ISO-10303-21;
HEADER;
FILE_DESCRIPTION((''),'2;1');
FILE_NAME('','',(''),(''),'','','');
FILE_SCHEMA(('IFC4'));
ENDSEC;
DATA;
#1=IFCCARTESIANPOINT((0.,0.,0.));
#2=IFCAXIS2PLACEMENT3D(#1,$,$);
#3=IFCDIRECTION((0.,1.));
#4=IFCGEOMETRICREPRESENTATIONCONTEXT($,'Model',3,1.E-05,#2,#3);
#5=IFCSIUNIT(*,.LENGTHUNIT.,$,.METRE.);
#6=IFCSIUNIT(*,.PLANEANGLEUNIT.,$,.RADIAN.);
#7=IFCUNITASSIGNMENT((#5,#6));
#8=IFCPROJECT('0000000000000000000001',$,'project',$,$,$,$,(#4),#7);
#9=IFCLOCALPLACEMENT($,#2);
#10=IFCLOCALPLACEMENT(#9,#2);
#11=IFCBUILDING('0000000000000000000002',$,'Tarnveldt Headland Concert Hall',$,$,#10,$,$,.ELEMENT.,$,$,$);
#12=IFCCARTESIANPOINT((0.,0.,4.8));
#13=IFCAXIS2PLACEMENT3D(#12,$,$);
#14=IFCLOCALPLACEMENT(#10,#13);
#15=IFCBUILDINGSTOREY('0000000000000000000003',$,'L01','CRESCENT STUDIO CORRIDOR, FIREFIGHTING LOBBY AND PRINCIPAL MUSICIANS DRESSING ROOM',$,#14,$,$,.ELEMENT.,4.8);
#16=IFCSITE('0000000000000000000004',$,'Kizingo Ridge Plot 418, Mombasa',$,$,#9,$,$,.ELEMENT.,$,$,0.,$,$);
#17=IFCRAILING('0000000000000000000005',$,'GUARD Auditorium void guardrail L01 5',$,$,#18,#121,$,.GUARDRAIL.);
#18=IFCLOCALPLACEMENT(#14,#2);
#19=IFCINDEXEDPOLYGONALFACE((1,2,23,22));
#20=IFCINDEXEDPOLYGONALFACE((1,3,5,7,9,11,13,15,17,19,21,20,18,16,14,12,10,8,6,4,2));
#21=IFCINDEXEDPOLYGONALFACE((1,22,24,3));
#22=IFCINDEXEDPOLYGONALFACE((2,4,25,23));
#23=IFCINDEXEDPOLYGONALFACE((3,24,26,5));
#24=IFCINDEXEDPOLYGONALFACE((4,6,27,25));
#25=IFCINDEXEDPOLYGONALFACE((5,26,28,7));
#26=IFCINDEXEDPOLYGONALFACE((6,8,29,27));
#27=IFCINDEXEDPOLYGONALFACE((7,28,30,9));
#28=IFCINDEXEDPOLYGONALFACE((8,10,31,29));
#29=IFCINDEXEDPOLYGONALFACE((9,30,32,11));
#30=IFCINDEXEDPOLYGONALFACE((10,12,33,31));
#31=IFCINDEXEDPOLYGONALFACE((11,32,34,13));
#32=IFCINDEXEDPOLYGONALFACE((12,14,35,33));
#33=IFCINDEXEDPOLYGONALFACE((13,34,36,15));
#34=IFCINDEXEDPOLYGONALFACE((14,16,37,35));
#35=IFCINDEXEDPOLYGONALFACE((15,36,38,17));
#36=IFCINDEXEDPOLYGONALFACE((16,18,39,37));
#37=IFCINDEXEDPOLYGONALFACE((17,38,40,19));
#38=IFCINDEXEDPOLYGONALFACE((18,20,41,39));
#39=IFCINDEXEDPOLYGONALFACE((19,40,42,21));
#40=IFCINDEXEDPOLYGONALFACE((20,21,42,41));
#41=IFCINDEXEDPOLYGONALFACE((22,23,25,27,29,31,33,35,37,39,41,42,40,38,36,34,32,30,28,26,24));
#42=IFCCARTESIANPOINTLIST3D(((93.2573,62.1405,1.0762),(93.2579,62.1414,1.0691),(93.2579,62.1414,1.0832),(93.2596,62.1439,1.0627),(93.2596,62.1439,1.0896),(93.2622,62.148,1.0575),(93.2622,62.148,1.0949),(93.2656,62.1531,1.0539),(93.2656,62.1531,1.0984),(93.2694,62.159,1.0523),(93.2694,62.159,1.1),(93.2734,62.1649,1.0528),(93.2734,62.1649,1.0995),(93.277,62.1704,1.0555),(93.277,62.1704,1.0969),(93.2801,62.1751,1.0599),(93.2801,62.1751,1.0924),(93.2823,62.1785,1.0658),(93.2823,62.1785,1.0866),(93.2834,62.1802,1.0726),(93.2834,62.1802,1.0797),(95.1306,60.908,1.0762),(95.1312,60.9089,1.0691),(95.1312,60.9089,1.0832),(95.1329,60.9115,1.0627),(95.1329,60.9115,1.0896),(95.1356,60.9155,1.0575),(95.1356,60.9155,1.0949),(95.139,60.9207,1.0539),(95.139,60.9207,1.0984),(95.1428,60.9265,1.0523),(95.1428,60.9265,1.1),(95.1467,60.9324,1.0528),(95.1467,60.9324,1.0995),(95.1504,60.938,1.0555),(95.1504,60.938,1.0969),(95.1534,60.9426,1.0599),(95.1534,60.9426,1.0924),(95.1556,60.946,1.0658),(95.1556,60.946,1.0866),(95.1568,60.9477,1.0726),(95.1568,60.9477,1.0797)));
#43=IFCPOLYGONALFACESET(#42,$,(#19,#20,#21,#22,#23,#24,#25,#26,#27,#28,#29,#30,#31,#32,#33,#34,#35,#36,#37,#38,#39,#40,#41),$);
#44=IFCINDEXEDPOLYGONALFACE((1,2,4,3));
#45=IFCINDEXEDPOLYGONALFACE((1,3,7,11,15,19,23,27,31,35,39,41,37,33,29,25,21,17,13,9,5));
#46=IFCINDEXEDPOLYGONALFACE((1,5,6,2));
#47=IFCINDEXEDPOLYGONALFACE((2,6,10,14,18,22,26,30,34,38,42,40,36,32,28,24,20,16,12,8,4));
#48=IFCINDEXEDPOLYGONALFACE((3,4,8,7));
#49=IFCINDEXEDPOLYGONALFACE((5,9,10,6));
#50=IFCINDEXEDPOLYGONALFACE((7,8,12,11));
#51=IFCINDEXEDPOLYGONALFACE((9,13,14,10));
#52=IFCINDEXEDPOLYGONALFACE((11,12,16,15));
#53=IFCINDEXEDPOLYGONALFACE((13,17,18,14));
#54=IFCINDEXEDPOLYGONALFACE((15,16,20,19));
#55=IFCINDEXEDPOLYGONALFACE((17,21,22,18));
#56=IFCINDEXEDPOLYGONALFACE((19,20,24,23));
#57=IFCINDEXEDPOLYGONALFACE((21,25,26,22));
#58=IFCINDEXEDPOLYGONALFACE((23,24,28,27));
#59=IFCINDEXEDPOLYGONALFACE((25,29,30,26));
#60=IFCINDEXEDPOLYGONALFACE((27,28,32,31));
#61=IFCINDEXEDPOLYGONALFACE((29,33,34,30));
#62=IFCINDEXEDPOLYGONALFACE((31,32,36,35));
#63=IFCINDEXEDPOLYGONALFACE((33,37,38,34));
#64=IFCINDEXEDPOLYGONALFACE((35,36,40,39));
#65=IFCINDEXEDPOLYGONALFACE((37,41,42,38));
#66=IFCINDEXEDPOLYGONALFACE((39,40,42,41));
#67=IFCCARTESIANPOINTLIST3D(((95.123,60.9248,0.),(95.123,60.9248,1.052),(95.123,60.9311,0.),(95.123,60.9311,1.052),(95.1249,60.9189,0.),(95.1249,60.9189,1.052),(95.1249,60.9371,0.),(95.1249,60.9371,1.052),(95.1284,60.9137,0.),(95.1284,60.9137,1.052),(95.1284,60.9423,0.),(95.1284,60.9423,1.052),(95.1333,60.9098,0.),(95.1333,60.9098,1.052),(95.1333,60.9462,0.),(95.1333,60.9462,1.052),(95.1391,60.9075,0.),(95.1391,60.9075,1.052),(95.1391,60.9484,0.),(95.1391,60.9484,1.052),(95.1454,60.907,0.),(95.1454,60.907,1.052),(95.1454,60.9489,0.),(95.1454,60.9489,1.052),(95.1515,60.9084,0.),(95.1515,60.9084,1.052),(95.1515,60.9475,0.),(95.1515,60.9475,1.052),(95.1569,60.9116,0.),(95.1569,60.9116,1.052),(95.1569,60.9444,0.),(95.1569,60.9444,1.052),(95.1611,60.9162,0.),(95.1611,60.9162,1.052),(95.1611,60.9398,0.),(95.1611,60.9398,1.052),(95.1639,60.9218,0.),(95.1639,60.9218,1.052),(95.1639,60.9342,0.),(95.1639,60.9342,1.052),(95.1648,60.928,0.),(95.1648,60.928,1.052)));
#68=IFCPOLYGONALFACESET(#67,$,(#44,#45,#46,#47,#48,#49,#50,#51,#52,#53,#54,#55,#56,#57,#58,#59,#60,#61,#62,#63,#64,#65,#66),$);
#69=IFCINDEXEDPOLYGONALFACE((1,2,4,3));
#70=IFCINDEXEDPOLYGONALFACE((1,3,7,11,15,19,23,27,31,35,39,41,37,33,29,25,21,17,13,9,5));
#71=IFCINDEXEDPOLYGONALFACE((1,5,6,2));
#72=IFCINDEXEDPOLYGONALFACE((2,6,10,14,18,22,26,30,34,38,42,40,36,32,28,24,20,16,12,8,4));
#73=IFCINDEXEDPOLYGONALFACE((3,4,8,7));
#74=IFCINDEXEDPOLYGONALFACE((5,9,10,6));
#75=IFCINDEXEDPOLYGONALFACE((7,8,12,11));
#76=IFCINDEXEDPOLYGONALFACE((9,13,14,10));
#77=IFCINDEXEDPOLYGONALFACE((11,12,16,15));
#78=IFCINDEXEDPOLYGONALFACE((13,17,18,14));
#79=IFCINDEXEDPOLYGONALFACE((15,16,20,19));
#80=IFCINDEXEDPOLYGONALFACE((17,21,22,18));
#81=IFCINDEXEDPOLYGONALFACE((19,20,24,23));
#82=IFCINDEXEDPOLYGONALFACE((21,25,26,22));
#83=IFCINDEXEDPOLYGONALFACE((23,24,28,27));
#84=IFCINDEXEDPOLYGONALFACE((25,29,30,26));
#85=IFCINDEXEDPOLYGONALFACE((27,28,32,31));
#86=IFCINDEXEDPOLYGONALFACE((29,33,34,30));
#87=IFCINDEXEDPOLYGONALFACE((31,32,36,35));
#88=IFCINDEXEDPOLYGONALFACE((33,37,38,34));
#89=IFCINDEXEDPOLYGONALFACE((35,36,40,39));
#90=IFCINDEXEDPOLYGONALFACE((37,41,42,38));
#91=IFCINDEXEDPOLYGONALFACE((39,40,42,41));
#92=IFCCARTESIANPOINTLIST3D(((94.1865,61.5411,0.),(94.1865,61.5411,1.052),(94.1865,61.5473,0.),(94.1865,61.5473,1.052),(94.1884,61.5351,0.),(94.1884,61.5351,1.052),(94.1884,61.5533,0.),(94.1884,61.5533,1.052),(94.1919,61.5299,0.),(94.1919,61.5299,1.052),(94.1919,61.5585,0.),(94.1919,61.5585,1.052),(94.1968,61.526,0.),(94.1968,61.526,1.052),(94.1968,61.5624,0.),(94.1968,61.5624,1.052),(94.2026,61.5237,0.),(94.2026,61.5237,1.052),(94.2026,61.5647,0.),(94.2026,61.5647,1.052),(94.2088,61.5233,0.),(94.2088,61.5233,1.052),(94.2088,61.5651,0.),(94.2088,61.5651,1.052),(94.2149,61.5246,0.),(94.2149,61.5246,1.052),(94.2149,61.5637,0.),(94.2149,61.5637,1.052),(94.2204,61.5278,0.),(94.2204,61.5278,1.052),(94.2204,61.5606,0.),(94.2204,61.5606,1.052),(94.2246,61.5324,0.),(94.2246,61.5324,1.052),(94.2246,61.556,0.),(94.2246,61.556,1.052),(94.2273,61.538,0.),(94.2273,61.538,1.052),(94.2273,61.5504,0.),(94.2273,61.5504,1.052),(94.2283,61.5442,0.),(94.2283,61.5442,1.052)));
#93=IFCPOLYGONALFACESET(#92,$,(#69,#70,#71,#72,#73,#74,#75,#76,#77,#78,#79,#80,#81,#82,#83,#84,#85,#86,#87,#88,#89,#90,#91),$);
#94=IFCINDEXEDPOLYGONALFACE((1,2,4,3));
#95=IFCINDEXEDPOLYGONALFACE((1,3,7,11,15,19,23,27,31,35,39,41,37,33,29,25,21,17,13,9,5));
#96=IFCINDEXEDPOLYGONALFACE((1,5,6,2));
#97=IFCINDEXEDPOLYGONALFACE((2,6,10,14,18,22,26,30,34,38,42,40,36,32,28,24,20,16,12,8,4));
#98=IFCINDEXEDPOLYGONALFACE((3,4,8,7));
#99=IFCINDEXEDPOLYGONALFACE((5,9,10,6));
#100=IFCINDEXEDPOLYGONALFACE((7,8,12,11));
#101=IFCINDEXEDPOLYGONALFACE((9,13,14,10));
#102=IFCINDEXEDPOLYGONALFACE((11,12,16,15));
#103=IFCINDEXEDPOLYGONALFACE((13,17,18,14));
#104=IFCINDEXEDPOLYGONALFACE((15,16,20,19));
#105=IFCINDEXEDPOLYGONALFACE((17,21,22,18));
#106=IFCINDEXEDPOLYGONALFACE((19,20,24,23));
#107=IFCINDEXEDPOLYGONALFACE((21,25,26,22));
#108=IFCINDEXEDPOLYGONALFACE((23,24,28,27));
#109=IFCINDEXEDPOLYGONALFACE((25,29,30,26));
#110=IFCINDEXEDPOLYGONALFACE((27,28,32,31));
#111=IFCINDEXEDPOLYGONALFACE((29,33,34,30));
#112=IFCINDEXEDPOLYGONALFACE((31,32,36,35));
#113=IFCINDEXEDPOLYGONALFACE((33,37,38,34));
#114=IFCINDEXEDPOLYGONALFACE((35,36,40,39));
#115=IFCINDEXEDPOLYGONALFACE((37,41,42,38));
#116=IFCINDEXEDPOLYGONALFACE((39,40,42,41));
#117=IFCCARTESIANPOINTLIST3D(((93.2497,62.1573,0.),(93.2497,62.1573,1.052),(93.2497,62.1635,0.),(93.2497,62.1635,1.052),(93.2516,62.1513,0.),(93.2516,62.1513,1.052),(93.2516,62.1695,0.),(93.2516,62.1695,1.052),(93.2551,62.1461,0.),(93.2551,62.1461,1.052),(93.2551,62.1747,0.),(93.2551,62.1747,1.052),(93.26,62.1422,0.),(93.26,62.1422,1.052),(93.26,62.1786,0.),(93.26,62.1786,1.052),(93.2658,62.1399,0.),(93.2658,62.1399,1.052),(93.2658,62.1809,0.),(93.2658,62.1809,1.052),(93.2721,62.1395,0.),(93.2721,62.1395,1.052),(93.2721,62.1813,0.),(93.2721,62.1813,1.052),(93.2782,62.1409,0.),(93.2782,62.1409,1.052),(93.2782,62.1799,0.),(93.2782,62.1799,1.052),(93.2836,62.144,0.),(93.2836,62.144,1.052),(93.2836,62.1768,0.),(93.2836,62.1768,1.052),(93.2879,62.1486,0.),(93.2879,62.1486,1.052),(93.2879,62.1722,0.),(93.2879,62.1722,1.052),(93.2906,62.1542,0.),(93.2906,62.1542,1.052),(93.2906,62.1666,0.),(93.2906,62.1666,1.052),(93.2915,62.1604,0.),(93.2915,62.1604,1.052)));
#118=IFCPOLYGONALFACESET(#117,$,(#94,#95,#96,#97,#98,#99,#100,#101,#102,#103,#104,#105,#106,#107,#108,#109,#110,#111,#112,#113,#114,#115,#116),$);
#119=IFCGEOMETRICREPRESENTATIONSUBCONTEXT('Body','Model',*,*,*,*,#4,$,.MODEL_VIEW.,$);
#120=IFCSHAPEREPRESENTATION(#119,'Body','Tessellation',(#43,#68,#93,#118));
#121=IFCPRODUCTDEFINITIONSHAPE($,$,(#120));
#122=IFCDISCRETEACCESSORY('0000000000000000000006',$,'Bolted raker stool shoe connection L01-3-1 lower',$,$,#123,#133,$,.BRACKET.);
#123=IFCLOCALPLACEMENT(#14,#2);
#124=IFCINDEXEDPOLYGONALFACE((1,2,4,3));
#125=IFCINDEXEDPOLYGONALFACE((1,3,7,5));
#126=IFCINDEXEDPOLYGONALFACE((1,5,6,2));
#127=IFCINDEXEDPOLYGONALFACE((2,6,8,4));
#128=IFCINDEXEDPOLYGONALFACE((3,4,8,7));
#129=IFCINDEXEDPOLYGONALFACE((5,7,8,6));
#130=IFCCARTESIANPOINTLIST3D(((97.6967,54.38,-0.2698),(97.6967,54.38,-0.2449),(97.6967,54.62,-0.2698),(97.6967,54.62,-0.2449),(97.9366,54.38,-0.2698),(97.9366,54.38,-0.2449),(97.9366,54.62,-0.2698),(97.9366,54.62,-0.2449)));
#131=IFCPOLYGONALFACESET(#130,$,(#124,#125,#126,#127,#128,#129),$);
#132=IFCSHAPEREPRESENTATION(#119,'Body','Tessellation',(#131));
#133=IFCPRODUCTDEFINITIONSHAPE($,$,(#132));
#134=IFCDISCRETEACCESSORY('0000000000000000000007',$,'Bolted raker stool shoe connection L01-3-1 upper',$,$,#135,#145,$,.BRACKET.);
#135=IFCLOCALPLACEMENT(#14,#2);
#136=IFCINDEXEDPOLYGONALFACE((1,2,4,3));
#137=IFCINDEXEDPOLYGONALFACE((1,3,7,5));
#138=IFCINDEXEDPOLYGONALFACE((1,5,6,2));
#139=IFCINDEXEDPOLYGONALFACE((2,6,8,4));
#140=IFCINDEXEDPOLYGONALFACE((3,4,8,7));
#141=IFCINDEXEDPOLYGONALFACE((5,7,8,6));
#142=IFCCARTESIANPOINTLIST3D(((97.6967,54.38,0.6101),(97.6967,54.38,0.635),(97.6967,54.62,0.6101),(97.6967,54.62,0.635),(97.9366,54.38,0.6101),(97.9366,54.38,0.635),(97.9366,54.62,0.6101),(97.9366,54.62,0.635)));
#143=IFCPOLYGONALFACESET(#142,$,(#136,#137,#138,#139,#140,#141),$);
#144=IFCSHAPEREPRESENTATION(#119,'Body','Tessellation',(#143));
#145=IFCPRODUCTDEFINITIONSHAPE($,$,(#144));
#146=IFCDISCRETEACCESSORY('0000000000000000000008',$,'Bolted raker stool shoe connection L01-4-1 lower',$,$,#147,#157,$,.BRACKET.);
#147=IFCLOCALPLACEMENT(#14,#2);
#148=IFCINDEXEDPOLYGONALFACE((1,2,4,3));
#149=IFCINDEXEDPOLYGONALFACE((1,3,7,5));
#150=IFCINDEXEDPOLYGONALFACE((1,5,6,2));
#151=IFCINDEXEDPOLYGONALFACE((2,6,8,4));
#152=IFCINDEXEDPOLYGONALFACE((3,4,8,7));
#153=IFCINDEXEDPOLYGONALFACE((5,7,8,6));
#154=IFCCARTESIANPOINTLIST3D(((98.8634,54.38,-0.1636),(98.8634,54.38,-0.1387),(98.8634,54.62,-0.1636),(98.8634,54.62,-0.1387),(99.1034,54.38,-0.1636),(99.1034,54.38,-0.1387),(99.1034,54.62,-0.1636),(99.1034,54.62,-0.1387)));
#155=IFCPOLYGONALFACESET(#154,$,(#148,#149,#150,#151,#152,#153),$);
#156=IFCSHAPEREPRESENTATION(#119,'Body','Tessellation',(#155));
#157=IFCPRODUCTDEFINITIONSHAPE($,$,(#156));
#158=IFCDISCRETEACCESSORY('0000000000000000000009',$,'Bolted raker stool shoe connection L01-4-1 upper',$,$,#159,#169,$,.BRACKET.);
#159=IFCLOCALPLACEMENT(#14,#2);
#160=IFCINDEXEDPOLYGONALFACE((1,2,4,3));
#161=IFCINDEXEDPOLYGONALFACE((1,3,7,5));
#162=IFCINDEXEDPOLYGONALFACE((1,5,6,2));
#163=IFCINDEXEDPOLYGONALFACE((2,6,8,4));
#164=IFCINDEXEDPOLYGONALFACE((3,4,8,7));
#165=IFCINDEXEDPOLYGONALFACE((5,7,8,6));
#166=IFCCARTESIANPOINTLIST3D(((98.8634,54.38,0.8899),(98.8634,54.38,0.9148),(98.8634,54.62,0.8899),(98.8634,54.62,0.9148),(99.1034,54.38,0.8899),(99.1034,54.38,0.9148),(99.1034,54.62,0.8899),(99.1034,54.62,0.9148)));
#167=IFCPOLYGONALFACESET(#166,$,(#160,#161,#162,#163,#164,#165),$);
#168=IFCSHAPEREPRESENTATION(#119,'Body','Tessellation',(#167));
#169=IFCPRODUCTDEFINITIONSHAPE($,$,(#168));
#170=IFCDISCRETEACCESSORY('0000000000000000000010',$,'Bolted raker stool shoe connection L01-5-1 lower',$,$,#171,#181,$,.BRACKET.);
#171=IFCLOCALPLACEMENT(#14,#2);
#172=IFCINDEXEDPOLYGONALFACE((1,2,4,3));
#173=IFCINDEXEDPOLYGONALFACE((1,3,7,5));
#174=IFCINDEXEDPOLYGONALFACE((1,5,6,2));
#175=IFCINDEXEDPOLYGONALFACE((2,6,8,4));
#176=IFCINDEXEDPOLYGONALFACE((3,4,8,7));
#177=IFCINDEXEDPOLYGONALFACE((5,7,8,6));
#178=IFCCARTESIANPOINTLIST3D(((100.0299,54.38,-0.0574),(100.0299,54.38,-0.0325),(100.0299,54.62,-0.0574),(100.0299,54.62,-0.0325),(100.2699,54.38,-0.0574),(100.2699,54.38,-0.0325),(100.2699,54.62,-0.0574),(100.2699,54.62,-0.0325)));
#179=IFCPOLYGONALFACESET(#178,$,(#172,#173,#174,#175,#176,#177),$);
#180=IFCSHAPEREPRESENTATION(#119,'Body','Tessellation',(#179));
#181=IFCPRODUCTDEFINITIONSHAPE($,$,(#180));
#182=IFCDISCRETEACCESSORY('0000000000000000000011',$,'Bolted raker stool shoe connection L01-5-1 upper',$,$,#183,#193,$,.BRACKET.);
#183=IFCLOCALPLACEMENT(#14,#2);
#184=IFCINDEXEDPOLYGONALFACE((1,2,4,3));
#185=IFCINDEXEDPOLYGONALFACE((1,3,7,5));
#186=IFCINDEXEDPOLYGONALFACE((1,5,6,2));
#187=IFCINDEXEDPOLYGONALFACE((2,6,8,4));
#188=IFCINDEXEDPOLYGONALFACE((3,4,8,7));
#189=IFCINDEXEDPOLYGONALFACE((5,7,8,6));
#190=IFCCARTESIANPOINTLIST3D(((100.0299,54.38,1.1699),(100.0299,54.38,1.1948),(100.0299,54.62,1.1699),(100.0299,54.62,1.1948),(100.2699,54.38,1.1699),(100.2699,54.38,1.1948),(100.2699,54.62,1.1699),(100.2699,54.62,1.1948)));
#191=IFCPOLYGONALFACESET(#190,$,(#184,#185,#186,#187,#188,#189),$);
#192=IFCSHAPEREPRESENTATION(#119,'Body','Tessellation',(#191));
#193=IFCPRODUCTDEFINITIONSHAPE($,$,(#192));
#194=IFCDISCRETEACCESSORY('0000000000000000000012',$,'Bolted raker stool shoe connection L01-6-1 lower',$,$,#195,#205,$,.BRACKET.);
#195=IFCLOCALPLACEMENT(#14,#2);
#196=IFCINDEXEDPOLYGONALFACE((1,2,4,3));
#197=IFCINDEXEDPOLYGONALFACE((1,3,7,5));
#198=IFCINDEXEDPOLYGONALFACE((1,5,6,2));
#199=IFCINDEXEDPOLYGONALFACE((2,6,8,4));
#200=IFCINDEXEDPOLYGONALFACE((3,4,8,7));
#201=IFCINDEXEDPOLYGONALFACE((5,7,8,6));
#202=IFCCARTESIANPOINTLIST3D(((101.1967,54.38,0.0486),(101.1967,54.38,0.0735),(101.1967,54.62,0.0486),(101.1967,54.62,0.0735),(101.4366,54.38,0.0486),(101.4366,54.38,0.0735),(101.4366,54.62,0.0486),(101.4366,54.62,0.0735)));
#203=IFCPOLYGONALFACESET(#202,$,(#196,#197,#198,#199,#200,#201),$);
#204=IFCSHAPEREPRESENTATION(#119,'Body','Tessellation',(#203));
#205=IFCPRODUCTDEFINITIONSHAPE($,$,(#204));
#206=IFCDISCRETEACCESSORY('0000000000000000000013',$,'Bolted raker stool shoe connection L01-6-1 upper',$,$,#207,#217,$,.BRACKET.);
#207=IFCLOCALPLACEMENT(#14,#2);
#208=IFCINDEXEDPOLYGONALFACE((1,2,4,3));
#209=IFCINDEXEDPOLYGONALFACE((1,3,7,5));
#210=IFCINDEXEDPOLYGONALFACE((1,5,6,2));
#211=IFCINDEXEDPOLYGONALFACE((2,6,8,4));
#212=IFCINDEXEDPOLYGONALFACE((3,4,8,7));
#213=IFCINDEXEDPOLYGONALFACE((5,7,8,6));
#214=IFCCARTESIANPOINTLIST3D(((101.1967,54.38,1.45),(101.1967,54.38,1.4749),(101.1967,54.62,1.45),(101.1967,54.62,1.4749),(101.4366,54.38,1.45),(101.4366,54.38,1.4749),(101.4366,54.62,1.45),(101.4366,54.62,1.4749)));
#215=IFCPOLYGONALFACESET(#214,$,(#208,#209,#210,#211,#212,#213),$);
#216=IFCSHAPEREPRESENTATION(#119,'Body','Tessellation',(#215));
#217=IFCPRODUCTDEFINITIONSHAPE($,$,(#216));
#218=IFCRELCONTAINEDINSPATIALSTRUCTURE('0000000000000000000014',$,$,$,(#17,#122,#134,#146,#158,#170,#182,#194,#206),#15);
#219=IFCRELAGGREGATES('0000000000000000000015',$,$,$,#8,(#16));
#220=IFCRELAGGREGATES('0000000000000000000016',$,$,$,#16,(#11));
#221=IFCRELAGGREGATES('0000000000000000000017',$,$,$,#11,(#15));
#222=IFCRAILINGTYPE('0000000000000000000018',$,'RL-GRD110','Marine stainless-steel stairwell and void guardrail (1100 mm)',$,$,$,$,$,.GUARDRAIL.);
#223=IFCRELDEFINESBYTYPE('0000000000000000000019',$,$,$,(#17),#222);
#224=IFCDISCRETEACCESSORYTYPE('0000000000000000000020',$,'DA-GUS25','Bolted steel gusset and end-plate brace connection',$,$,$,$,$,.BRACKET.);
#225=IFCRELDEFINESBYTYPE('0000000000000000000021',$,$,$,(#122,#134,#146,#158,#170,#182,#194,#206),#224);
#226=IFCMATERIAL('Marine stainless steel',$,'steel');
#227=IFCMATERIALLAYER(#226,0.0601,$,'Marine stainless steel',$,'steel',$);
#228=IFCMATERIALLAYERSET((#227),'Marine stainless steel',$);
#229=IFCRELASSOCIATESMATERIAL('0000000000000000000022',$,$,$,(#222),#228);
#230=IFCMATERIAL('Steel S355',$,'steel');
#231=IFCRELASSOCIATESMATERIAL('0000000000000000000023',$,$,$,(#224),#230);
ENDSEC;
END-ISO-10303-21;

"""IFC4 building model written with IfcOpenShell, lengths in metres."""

from ifc_helpers import new_model, si_unit, direction, frame, origin, origin_2d, place, context, subcontext, project, spatial, rectangle, circle, extrude, material, layer, layer_set, type_object, element, save


model = new_model("IFC4")

# Units and contexts
model_context = context("Model", 3, precision=1e-05, world=origin(), true_north=direction((0.0, 1.0)))
body_context = subcontext(model_context, "Body", "Model", "MODEL_VIEW")
ifc_project = project(units=[si_unit("LENGTHUNIT", "METRE"), si_unit("PLANEANGLEUNIT", "RADIAN")], contexts=[model_context])

# Site, building, storey
site_placement = place(None, origin())
site = spatial("IfcSite", under=ifc_project, at=site_placement, Name="Kizingo Ridge Plot 418, Mombasa", CompositionType="ELEMENT", RefElevation=0.0)
building_placement = place(site_placement, origin())
building = spatial("IfcBuilding", under=site, at=building_placement, Name="Tarnveldt Headland Concert Hall", CompositionType="ELEMENT")
storey_placement = place(building_placement, frame((0.0, 0.0, 4.8)))
storey = spatial("IfcBuildingStorey", under=building, at=storey_placement, Name="L01", Description="CRESCENT STUDIO CORRIDOR, FIREFIGHTING LOBBY AND PRINCIPAL MUSICIANS DRESSING ROOM", CompositionType="ELEMENT", Elevation=4.8)

# Shared definitions
ifc_material_1 = material(Name="Steel S355", Category="steel")

# Railing
ifc_material_2 = material(Name="Marine stainless steel", Category="steel")
ifc_layer_1 = layer(ifc_material_2, 0.0601, Name="Marine stainless steel", Category="steel")
ifc_layer_set_1 = layer_set([ifc_layer_1], Name="Marine stainless steel")
railing_type = type_object("IfcRailingType", Name="RL-GRD110", Description="Marine stainless-steel stairwell and void guardrail (1100 mm)", PredefinedType="GUARDRAIL", material=ifc_layer_set_1)
railing_1_placement = place(storey_placement, frame((95.1438, 60.928, 0.0)))
element("IfcRailing", 1, at=railing_1_placement, inside=storey, type_object=railing_type, Name="GUARD Auditorium void guardrail L01 5", PredefinedType="GUARDRAIL", context=body_context, shape_type="SweptSolid", body=[
    extrude(circle(Radius=0.0239, at=origin_2d()), frame((0.0, 0.0, 1.0762), z_axis=(-0.835418, 0.549615, 0.0), x_axis=(-0.549615, -0.835418, 0.0)), (0.0, 0.0, 1.0), 2.2424),
    extrude(circle(Radius=0.021, at=origin_2d()), origin(), (0.0, 0.0, 1.0), 1.052),
    extrude(circle(Radius=0.021, at=origin_2d()), frame((-0.9365, 0.6162, 0.0)), (0.0, 0.0, 1.0), 1.052),
    extrude(circle(Radius=0.021, at=origin_2d()), frame((-1.8733, 1.2324, 0.0)), (0.0, 0.0, 1.0), 1.052),
])

# Discrete accessories
discrete_accessory_type = type_object("IfcDiscreteAccessoryType", Name="DA-GUS25", Description="Bolted steel gusset and end-plate brace connection", PredefinedType="BRACKET", material=ifc_material_1)
for number, where, z_axis, x_axis, name in (
    (2, (97.8167, 54.5, -0.2698), (0.0, 0.0, 1.0), (1.0, 0.0, 0.0), "Bolted raker stool shoe connection L01-3-1 lower"),
    (3, (97.8167, 54.5, 0.6101), (0.0, 0.0, 1.0), (1.0, 0.0, 0.0), "Bolted raker stool shoe connection L01-3-1 upper"),
    (4, (98.9834, 54.5, -0.1636), (0.0, 0.0, 1.0), (1.0, 0.0, 0.0), "Bolted raker stool shoe connection L01-4-1 lower"),
    (5, (98.9834, 54.5, 0.8899), (0.0, 0.0, 1.0), (1.0, 0.0, 0.0), "Bolted raker stool shoe connection L01-4-1 upper"),
    (6, (100.1499, 54.5, -0.0574), (0.0, 0.0, 1.0), (1.0, 0.0, 0.0), "Bolted raker stool shoe connection L01-5-1 lower"),
    (7, (100.1499, 54.5, 1.1699), (0.0, 0.0, 1.0), (1.0, 0.0, 0.0), "Bolted raker stool shoe connection L01-5-1 upper"),
    (8, (101.3167, 54.5, 0.0486), (0.0, 0.0, 1.0), (1.0, 0.0, 0.0), "Bolted raker stool shoe connection L01-6-1 lower"),
    (9, (101.3167, 54.5, 1.45), (0.0, 0.0, 1.0), (1.0, 0.0, 0.0), "Bolted raker stool shoe connection L01-6-1 upper"),
):
    element("IfcDiscreteAccessory", number, at=place(storey_placement, frame(where, z_axis=z_axis, x_axis=x_axis)), inside=storey, type_object=discrete_accessory_type, Name=name, PredefinedType="BRACKET", context=body_context, shape_type="SweptSolid", body=[
        extrude(rectangle(XDim=0.24, YDim=0.24, at=origin_2d()), origin(), (0.0, 0.0, 1.0), 0.0249),
    ])

save(model, "model.ifc")
